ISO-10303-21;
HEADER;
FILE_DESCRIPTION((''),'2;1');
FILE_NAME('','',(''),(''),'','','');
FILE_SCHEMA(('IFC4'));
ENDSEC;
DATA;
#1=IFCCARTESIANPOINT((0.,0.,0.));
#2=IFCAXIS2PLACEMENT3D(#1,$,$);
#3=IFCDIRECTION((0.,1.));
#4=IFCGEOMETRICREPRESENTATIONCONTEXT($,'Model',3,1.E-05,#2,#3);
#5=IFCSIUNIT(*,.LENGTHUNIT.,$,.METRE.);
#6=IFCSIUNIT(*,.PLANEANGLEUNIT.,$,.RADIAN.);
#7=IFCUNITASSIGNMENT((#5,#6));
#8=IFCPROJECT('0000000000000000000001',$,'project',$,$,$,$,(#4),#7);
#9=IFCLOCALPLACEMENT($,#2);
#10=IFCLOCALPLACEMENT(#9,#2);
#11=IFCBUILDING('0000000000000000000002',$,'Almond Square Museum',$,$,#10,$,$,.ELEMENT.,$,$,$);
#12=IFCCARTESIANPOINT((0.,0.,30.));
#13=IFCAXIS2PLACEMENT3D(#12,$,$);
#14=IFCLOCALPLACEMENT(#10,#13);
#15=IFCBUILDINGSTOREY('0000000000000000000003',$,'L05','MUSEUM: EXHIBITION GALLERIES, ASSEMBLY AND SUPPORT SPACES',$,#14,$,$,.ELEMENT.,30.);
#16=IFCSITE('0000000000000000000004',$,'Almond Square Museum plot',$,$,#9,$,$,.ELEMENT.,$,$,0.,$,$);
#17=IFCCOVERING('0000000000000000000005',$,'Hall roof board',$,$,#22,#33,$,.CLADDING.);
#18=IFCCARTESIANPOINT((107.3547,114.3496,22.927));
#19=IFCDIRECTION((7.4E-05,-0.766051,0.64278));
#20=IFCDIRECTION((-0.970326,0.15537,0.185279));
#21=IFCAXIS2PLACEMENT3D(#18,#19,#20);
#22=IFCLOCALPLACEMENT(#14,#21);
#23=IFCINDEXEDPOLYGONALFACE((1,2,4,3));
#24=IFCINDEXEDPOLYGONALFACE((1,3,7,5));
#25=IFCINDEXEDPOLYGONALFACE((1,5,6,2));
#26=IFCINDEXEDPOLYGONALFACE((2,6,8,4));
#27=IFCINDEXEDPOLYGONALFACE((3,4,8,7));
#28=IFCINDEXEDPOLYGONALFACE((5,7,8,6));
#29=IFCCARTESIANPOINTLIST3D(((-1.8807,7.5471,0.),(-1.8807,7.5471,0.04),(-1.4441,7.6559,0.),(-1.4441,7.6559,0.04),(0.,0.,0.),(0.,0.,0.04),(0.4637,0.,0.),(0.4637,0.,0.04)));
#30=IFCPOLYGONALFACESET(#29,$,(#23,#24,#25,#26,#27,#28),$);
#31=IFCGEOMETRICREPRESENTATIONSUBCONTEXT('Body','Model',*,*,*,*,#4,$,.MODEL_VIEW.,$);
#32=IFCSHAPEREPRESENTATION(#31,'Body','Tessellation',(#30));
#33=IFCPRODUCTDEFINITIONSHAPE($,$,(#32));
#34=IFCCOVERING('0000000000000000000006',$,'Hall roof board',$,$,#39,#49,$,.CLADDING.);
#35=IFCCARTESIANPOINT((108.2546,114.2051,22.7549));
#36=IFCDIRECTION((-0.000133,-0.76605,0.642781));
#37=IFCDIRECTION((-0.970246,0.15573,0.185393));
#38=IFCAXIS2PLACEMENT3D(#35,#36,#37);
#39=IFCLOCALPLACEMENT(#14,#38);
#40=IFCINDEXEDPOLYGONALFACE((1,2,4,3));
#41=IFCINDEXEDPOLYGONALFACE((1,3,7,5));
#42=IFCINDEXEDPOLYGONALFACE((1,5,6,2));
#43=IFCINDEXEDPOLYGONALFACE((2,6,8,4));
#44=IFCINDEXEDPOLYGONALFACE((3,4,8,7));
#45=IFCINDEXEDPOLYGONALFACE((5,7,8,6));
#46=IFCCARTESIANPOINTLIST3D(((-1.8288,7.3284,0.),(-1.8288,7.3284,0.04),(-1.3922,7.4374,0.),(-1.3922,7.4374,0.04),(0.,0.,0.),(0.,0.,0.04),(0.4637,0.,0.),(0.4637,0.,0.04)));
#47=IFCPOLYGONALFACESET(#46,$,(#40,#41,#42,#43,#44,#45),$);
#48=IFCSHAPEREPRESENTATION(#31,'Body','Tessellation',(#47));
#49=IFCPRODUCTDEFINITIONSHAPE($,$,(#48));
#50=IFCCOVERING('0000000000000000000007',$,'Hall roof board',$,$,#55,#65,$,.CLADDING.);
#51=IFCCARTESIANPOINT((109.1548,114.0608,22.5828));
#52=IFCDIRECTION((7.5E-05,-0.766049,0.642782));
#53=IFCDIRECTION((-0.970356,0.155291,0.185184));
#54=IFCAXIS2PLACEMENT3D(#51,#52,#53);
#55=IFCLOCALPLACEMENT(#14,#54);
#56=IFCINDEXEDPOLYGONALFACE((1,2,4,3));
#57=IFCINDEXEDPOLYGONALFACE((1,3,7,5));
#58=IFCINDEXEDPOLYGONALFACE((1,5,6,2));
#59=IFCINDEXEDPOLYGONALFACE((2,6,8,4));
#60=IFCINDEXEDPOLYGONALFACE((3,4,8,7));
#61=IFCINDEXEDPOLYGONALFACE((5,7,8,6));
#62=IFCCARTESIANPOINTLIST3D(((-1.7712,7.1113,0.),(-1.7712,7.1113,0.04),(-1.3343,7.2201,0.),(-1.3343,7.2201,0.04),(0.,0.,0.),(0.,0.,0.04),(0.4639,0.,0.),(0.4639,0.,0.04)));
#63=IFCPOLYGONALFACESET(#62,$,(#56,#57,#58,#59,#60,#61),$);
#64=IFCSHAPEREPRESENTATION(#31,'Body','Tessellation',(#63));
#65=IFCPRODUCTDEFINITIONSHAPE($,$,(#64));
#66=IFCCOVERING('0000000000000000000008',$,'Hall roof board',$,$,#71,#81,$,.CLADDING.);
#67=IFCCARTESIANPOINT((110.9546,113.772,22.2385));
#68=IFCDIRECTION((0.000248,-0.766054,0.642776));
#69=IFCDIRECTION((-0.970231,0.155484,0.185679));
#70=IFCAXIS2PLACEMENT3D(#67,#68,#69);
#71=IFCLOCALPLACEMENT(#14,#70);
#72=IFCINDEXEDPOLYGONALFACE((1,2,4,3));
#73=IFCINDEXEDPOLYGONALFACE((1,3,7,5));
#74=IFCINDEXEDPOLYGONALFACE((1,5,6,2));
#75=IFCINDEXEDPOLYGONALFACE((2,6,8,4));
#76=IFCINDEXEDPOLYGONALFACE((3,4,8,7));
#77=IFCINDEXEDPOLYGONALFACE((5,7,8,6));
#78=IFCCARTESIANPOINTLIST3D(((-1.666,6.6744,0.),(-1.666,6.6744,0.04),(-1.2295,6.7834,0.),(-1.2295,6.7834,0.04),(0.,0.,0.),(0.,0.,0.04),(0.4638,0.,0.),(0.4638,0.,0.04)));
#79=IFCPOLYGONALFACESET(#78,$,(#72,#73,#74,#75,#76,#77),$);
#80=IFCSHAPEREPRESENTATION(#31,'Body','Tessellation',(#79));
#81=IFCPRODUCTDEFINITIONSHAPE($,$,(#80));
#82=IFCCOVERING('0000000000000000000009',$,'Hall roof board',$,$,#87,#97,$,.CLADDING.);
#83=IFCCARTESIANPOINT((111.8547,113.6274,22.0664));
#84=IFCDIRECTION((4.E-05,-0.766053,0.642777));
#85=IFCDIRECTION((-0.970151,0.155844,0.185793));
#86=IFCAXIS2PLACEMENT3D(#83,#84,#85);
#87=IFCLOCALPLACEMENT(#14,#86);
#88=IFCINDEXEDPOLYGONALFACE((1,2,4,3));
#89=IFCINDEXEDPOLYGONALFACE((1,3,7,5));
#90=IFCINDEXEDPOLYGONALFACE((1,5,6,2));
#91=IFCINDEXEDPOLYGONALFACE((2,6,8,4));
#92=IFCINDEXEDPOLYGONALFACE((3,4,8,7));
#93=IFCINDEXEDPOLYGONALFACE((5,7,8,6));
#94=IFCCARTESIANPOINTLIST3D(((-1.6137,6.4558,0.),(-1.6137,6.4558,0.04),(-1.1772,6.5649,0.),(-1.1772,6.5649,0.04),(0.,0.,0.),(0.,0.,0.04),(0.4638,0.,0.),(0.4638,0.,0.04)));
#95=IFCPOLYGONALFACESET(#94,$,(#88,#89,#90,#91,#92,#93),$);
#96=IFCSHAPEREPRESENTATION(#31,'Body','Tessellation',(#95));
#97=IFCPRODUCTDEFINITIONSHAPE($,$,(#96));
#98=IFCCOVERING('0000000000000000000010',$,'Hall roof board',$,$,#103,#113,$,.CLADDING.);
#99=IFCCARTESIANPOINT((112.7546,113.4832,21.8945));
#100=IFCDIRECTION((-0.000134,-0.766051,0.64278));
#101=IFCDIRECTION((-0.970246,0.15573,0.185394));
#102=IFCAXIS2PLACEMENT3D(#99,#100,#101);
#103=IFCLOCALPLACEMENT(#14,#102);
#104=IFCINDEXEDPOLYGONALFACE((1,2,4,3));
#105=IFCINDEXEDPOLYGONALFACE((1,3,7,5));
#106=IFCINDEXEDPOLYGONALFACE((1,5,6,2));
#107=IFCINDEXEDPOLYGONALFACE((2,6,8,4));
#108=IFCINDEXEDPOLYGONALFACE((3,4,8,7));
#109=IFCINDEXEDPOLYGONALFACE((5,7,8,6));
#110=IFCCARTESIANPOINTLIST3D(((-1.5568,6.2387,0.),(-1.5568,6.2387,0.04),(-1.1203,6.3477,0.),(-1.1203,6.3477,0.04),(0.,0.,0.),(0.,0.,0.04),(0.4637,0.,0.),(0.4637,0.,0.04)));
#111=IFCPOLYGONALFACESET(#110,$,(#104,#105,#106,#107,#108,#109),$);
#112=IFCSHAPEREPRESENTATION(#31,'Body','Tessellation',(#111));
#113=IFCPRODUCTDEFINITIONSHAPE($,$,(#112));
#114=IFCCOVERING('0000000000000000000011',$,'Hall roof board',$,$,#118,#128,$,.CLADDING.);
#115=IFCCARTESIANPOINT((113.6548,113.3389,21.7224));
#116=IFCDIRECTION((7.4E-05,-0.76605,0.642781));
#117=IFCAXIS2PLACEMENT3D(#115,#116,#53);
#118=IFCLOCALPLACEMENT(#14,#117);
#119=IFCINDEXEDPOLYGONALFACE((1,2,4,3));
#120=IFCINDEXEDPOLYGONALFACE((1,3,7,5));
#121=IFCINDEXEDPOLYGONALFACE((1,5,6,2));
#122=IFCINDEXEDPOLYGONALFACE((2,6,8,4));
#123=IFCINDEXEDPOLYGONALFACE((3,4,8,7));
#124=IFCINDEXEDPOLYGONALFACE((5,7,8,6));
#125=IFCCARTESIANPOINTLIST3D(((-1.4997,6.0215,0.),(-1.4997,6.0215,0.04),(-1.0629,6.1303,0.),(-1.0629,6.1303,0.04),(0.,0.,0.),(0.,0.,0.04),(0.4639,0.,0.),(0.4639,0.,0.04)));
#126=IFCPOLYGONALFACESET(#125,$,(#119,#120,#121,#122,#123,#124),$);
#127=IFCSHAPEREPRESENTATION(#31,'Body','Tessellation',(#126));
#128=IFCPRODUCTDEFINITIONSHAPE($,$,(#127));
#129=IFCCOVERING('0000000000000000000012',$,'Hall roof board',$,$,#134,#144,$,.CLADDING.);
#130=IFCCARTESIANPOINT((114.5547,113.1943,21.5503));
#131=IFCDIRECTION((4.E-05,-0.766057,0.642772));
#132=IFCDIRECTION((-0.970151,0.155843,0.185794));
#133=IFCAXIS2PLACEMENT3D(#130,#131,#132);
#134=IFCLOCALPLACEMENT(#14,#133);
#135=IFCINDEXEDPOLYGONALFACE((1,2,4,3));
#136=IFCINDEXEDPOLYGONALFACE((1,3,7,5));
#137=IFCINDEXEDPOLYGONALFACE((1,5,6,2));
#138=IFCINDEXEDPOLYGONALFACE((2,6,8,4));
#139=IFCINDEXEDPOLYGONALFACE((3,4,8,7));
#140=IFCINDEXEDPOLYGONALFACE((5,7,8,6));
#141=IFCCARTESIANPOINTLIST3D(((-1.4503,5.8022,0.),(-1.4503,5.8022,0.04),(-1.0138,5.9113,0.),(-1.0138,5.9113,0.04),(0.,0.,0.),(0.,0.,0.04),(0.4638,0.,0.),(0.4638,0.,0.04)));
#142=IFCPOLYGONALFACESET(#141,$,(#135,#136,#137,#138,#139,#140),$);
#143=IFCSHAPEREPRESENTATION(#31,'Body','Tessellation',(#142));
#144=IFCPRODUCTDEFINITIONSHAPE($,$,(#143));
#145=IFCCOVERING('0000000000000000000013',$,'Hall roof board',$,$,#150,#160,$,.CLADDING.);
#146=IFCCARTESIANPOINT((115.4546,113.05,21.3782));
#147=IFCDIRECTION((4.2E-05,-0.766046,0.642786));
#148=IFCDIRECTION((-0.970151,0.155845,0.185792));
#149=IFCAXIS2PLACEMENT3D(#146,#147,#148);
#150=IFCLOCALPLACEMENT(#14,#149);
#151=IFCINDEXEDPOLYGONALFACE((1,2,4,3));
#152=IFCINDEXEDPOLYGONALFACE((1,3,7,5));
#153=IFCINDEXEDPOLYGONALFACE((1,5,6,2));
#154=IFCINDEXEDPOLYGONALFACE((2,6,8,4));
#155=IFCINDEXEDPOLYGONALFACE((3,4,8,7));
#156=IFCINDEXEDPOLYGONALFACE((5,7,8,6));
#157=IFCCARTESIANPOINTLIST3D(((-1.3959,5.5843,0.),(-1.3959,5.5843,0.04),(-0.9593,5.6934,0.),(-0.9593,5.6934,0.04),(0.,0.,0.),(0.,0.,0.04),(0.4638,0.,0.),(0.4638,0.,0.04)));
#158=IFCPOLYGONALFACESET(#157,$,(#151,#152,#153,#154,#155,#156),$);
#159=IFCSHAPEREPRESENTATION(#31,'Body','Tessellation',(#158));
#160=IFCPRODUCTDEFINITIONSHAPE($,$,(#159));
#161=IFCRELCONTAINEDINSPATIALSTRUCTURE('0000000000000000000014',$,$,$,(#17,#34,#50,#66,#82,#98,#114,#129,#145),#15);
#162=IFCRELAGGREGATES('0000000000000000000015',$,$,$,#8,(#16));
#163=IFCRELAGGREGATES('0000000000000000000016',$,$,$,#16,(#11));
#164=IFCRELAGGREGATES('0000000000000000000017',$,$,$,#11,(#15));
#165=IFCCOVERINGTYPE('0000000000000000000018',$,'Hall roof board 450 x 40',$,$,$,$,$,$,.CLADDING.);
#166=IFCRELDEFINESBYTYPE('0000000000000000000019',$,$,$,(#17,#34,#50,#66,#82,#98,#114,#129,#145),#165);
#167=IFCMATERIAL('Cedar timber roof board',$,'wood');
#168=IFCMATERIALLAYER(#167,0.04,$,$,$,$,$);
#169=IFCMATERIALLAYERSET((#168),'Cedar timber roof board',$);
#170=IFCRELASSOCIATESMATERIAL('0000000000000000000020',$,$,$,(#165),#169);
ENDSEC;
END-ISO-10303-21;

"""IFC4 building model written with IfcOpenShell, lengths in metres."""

from ifc_helpers import new_model, si_unit, direction, frame, origin, place, context, subcontext, project, spatial, polyline, outline, extrude, material, layer, layer_set, type_object, element, save


model = new_model("IFC4")

# Units and contexts
model_context = context("Model", 3, precision=1e-05, world=origin(), true_north=direction((0.0, 1.0)))
body_context = subcontext(model_context, "Body", "Model", "MODEL_VIEW")
ifc_project = project(units=[si_unit("LENGTHUNIT", "METRE"), si_unit("PLANEANGLEUNIT", "RADIAN")], contexts=[model_context])

# Site, building, storey
site_placement = place(None, origin())
site = spatial("IfcSite", under=ifc_project, at=site_placement, Name="Almond Square Museum plot", CompositionType="ELEMENT", RefElevation=0.0)
building_placement = place(site_placement, origin())
building = spatial("IfcBuilding", under=site, at=building_placement, Name="Almond Square Museum", CompositionType="ELEMENT")
storey_placement = place(building_placement, frame((0.0, 0.0, 30.0)))
storey = spatial("IfcBuildingStorey", under=building, at=storey_placement, Name="L05", Description="MUSEUM: EXHIBITION GALLERIES, ASSEMBLY AND SUPPORT SPACES", CompositionType="ELEMENT", Elevation=30.0)

# Coverings
ifc_material_1 = material(Name="Cedar timber roof board", Category="wood")
ifc_layer = layer(ifc_material_1, 0.04)
ifc_layer_set = layer_set([ifc_layer], Name="Cedar timber roof board")
covering_type = type_object("IfcCoveringType", Name="Hall roof board 450 x 40", PredefinedType="CLADDING", material=ifc_layer_set)
covering_1_placement = place(storey_placement, frame((107.3547, 114.3496, 22.927), z_axis=(0.000074, -0.766051, 0.64278), x_axis=(-0.970326, 0.15537, 0.185279)))
element("IfcCovering", 1, at=covering_1_placement, inside=storey, type_object=covering_type, Name="Hall roof board", PredefinedType="CLADDING", context=body_context, shape_type="SweptSolid", body=[
    extrude(outline(polyline([(0.0, 0.0), (0.4637, 0.0), (-1.4441, 7.6559), (-1.8807, 7.5471), (0.0, 0.0)])), origin(), (0.0, 0.0, 1.0), 0.04),
])
covering_2_placement = place(storey_placement, frame((108.2546, 114.2051, 22.7549), z_axis=(-0.000133, -0.76605, 0.642781), x_axis=(-0.970246, 0.15573, 0.185393)))
element("IfcCovering", 2, at=covering_2_placement, inside=storey, type_object=covering_type, Name="Hall roof board", PredefinedType="CLADDING", context=body_context, shape_type="SweptSolid", body=[
    extrude(outline(polyline([(0.0, 0.0), (0.4637, 0.0), (-1.3922, 7.4374), (-1.8288, 7.3284), (0.0, 0.0)])), origin(), (0.0, 0.0, 1.0), 0.04),
])
covering_3_placement = place(storey_placement, frame((109.1548, 114.0608, 22.5828), z_axis=(0.000075, -0.766049, 0.642782), x_axis=(-0.970356, 0.155291, 0.185184)))
element("IfcCovering", 3, at=covering_3_placement, inside=storey, type_object=covering_type, Name="Hall roof board", PredefinedType="CLADDING", context=body_context, shape_type="SweptSolid", body=[
    extrude(outline(polyline([(0.0, 0.0), (0.4639, 0.0), (-1.3343, 7.2201), (-1.7712, 7.1113), (0.0, 0.0)])), origin(), (0.0, 0.0, 1.0), 0.04),
])
covering_4_placement = place(storey_placement, frame((110.9546, 113.772, 22.2385), z_axis=(0.000248, -0.766054, 0.642776), x_axis=(-0.970231, 0.155484, 0.185679)))
element("IfcCovering", 4, at=covering_4_placement, inside=storey, type_object=covering_type, Name="Hall roof board", PredefinedType="CLADDING", context=body_context, shape_type="SweptSolid", body=[
    extrude(outline(polyline([(0.0, 0.0), (0.4638, 0.0), (-1.2295, 6.7834), (-1.666, 6.6744), (0.0, 0.0)])), origin(), (0.0, 0.0, 1.0), 0.04),
])
covering_5_placement = place(storey_placement, frame((111.8547, 113.6274, 22.0664), z_axis=(0.00004, -0.766053, 0.642777), x_axis=(-0.970151, 0.155844, 0.185793)))
element("IfcCovering", 5, at=covering_5_placement, inside=storey, type_object=covering_type, Name="Hall roof board", PredefinedType="CLADDING", context=body_context, shape_type="SweptSolid", body=[
    extrude(outline(polyline([(0.0, 0.0), (0.4638, 0.0), (-1.1772, 6.5649), (-1.6137, 6.4558), (0.0, 0.0)])), origin(), (0.0, 0.0, 1.0), 0.04),
])
covering_6_placement = place(storey_placement, frame((112.7546, 113.4832, 21.8945), z_axis=(-0.000134, -0.766051, 0.64278), x_axis=(-0.970246, 0.15573, 0.185394)))
element("IfcCovering", 6, at=covering_6_placement, inside=storey, type_object=covering_type, Name="Hall roof board", PredefinedType="CLADDING", context=body_context, shape_type="SweptSolid", body=[
    extrude(outline(polyline([(0.0, 0.0), (0.4637, 0.0), (-1.1203, 6.3477), (-1.5568, 6.2387), (0.0, 0.0)])), origin(), (0.0, 0.0, 1.0), 0.04),
])
covering_7_placement = place(storey_placement, frame((113.6548, 113.3389, 21.7224), z_axis=(0.000074, -0.76605, 0.642781), x_axis=(-0.970356, 0.155291, 0.185184)))
element("IfcCovering", 7, at=covering_7_placement, inside=storey, type_object=covering_type, Name="Hall roof board", PredefinedType="CLADDING", context=body_context, shape_type="SweptSolid", body=[
    extrude(outline(polyline([(0.0, 0.0), (0.4639, 0.0), (-1.0629, 6.1303), (-1.4997, 6.0215), (0.0, 0.0)])), origin(), (0.0, 0.0, 1.0), 0.04),
])
covering_8_placement = place(storey_placement, frame((114.5547, 113.1943, 21.5503), z_axis=(0.00004, -0.766057, 0.642772), x_axis=(-0.970151, 0.155843, 0.185794)))
element("IfcCovering", 8, at=covering_8_placement, inside=storey, type_object=covering_type, Name="Hall roof board", PredefinedType="CLADDING", context=body_context, shape_type="SweptSolid", body=[
    extrude(outline(polyline([(0.0, 0.0), (0.4638, 0.0), (-1.0138, 5.9113), (-1.4503, 5.8022), (0.0, 0.0)])), origin(), (0.0, 0.0, 1.0), 0.04),
])
covering_9_placement = place(storey_placement, frame((115.4546, 113.05, 21.3782), z_axis=(0.000042, -0.766046, 0.642786), x_axis=(-0.970151, 0.155845, 0.185792)))
element("IfcCovering", 9, at=covering_9_placement, inside=storey, type_object=covering_type, Name="Hall roof board", PredefinedType="CLADDING", context=body_context, shape_type="SweptSolid", body=[
    extrude(outline(polyline([(0.0, 0.0), (0.4638, 0.0), (-0.9593, 5.6934), (-1.3959, 5.5843), (0.0, 0.0)])), origin(), (0.0, 0.0, 1.0), 0.04),
])

save(model, "model.ifc")
